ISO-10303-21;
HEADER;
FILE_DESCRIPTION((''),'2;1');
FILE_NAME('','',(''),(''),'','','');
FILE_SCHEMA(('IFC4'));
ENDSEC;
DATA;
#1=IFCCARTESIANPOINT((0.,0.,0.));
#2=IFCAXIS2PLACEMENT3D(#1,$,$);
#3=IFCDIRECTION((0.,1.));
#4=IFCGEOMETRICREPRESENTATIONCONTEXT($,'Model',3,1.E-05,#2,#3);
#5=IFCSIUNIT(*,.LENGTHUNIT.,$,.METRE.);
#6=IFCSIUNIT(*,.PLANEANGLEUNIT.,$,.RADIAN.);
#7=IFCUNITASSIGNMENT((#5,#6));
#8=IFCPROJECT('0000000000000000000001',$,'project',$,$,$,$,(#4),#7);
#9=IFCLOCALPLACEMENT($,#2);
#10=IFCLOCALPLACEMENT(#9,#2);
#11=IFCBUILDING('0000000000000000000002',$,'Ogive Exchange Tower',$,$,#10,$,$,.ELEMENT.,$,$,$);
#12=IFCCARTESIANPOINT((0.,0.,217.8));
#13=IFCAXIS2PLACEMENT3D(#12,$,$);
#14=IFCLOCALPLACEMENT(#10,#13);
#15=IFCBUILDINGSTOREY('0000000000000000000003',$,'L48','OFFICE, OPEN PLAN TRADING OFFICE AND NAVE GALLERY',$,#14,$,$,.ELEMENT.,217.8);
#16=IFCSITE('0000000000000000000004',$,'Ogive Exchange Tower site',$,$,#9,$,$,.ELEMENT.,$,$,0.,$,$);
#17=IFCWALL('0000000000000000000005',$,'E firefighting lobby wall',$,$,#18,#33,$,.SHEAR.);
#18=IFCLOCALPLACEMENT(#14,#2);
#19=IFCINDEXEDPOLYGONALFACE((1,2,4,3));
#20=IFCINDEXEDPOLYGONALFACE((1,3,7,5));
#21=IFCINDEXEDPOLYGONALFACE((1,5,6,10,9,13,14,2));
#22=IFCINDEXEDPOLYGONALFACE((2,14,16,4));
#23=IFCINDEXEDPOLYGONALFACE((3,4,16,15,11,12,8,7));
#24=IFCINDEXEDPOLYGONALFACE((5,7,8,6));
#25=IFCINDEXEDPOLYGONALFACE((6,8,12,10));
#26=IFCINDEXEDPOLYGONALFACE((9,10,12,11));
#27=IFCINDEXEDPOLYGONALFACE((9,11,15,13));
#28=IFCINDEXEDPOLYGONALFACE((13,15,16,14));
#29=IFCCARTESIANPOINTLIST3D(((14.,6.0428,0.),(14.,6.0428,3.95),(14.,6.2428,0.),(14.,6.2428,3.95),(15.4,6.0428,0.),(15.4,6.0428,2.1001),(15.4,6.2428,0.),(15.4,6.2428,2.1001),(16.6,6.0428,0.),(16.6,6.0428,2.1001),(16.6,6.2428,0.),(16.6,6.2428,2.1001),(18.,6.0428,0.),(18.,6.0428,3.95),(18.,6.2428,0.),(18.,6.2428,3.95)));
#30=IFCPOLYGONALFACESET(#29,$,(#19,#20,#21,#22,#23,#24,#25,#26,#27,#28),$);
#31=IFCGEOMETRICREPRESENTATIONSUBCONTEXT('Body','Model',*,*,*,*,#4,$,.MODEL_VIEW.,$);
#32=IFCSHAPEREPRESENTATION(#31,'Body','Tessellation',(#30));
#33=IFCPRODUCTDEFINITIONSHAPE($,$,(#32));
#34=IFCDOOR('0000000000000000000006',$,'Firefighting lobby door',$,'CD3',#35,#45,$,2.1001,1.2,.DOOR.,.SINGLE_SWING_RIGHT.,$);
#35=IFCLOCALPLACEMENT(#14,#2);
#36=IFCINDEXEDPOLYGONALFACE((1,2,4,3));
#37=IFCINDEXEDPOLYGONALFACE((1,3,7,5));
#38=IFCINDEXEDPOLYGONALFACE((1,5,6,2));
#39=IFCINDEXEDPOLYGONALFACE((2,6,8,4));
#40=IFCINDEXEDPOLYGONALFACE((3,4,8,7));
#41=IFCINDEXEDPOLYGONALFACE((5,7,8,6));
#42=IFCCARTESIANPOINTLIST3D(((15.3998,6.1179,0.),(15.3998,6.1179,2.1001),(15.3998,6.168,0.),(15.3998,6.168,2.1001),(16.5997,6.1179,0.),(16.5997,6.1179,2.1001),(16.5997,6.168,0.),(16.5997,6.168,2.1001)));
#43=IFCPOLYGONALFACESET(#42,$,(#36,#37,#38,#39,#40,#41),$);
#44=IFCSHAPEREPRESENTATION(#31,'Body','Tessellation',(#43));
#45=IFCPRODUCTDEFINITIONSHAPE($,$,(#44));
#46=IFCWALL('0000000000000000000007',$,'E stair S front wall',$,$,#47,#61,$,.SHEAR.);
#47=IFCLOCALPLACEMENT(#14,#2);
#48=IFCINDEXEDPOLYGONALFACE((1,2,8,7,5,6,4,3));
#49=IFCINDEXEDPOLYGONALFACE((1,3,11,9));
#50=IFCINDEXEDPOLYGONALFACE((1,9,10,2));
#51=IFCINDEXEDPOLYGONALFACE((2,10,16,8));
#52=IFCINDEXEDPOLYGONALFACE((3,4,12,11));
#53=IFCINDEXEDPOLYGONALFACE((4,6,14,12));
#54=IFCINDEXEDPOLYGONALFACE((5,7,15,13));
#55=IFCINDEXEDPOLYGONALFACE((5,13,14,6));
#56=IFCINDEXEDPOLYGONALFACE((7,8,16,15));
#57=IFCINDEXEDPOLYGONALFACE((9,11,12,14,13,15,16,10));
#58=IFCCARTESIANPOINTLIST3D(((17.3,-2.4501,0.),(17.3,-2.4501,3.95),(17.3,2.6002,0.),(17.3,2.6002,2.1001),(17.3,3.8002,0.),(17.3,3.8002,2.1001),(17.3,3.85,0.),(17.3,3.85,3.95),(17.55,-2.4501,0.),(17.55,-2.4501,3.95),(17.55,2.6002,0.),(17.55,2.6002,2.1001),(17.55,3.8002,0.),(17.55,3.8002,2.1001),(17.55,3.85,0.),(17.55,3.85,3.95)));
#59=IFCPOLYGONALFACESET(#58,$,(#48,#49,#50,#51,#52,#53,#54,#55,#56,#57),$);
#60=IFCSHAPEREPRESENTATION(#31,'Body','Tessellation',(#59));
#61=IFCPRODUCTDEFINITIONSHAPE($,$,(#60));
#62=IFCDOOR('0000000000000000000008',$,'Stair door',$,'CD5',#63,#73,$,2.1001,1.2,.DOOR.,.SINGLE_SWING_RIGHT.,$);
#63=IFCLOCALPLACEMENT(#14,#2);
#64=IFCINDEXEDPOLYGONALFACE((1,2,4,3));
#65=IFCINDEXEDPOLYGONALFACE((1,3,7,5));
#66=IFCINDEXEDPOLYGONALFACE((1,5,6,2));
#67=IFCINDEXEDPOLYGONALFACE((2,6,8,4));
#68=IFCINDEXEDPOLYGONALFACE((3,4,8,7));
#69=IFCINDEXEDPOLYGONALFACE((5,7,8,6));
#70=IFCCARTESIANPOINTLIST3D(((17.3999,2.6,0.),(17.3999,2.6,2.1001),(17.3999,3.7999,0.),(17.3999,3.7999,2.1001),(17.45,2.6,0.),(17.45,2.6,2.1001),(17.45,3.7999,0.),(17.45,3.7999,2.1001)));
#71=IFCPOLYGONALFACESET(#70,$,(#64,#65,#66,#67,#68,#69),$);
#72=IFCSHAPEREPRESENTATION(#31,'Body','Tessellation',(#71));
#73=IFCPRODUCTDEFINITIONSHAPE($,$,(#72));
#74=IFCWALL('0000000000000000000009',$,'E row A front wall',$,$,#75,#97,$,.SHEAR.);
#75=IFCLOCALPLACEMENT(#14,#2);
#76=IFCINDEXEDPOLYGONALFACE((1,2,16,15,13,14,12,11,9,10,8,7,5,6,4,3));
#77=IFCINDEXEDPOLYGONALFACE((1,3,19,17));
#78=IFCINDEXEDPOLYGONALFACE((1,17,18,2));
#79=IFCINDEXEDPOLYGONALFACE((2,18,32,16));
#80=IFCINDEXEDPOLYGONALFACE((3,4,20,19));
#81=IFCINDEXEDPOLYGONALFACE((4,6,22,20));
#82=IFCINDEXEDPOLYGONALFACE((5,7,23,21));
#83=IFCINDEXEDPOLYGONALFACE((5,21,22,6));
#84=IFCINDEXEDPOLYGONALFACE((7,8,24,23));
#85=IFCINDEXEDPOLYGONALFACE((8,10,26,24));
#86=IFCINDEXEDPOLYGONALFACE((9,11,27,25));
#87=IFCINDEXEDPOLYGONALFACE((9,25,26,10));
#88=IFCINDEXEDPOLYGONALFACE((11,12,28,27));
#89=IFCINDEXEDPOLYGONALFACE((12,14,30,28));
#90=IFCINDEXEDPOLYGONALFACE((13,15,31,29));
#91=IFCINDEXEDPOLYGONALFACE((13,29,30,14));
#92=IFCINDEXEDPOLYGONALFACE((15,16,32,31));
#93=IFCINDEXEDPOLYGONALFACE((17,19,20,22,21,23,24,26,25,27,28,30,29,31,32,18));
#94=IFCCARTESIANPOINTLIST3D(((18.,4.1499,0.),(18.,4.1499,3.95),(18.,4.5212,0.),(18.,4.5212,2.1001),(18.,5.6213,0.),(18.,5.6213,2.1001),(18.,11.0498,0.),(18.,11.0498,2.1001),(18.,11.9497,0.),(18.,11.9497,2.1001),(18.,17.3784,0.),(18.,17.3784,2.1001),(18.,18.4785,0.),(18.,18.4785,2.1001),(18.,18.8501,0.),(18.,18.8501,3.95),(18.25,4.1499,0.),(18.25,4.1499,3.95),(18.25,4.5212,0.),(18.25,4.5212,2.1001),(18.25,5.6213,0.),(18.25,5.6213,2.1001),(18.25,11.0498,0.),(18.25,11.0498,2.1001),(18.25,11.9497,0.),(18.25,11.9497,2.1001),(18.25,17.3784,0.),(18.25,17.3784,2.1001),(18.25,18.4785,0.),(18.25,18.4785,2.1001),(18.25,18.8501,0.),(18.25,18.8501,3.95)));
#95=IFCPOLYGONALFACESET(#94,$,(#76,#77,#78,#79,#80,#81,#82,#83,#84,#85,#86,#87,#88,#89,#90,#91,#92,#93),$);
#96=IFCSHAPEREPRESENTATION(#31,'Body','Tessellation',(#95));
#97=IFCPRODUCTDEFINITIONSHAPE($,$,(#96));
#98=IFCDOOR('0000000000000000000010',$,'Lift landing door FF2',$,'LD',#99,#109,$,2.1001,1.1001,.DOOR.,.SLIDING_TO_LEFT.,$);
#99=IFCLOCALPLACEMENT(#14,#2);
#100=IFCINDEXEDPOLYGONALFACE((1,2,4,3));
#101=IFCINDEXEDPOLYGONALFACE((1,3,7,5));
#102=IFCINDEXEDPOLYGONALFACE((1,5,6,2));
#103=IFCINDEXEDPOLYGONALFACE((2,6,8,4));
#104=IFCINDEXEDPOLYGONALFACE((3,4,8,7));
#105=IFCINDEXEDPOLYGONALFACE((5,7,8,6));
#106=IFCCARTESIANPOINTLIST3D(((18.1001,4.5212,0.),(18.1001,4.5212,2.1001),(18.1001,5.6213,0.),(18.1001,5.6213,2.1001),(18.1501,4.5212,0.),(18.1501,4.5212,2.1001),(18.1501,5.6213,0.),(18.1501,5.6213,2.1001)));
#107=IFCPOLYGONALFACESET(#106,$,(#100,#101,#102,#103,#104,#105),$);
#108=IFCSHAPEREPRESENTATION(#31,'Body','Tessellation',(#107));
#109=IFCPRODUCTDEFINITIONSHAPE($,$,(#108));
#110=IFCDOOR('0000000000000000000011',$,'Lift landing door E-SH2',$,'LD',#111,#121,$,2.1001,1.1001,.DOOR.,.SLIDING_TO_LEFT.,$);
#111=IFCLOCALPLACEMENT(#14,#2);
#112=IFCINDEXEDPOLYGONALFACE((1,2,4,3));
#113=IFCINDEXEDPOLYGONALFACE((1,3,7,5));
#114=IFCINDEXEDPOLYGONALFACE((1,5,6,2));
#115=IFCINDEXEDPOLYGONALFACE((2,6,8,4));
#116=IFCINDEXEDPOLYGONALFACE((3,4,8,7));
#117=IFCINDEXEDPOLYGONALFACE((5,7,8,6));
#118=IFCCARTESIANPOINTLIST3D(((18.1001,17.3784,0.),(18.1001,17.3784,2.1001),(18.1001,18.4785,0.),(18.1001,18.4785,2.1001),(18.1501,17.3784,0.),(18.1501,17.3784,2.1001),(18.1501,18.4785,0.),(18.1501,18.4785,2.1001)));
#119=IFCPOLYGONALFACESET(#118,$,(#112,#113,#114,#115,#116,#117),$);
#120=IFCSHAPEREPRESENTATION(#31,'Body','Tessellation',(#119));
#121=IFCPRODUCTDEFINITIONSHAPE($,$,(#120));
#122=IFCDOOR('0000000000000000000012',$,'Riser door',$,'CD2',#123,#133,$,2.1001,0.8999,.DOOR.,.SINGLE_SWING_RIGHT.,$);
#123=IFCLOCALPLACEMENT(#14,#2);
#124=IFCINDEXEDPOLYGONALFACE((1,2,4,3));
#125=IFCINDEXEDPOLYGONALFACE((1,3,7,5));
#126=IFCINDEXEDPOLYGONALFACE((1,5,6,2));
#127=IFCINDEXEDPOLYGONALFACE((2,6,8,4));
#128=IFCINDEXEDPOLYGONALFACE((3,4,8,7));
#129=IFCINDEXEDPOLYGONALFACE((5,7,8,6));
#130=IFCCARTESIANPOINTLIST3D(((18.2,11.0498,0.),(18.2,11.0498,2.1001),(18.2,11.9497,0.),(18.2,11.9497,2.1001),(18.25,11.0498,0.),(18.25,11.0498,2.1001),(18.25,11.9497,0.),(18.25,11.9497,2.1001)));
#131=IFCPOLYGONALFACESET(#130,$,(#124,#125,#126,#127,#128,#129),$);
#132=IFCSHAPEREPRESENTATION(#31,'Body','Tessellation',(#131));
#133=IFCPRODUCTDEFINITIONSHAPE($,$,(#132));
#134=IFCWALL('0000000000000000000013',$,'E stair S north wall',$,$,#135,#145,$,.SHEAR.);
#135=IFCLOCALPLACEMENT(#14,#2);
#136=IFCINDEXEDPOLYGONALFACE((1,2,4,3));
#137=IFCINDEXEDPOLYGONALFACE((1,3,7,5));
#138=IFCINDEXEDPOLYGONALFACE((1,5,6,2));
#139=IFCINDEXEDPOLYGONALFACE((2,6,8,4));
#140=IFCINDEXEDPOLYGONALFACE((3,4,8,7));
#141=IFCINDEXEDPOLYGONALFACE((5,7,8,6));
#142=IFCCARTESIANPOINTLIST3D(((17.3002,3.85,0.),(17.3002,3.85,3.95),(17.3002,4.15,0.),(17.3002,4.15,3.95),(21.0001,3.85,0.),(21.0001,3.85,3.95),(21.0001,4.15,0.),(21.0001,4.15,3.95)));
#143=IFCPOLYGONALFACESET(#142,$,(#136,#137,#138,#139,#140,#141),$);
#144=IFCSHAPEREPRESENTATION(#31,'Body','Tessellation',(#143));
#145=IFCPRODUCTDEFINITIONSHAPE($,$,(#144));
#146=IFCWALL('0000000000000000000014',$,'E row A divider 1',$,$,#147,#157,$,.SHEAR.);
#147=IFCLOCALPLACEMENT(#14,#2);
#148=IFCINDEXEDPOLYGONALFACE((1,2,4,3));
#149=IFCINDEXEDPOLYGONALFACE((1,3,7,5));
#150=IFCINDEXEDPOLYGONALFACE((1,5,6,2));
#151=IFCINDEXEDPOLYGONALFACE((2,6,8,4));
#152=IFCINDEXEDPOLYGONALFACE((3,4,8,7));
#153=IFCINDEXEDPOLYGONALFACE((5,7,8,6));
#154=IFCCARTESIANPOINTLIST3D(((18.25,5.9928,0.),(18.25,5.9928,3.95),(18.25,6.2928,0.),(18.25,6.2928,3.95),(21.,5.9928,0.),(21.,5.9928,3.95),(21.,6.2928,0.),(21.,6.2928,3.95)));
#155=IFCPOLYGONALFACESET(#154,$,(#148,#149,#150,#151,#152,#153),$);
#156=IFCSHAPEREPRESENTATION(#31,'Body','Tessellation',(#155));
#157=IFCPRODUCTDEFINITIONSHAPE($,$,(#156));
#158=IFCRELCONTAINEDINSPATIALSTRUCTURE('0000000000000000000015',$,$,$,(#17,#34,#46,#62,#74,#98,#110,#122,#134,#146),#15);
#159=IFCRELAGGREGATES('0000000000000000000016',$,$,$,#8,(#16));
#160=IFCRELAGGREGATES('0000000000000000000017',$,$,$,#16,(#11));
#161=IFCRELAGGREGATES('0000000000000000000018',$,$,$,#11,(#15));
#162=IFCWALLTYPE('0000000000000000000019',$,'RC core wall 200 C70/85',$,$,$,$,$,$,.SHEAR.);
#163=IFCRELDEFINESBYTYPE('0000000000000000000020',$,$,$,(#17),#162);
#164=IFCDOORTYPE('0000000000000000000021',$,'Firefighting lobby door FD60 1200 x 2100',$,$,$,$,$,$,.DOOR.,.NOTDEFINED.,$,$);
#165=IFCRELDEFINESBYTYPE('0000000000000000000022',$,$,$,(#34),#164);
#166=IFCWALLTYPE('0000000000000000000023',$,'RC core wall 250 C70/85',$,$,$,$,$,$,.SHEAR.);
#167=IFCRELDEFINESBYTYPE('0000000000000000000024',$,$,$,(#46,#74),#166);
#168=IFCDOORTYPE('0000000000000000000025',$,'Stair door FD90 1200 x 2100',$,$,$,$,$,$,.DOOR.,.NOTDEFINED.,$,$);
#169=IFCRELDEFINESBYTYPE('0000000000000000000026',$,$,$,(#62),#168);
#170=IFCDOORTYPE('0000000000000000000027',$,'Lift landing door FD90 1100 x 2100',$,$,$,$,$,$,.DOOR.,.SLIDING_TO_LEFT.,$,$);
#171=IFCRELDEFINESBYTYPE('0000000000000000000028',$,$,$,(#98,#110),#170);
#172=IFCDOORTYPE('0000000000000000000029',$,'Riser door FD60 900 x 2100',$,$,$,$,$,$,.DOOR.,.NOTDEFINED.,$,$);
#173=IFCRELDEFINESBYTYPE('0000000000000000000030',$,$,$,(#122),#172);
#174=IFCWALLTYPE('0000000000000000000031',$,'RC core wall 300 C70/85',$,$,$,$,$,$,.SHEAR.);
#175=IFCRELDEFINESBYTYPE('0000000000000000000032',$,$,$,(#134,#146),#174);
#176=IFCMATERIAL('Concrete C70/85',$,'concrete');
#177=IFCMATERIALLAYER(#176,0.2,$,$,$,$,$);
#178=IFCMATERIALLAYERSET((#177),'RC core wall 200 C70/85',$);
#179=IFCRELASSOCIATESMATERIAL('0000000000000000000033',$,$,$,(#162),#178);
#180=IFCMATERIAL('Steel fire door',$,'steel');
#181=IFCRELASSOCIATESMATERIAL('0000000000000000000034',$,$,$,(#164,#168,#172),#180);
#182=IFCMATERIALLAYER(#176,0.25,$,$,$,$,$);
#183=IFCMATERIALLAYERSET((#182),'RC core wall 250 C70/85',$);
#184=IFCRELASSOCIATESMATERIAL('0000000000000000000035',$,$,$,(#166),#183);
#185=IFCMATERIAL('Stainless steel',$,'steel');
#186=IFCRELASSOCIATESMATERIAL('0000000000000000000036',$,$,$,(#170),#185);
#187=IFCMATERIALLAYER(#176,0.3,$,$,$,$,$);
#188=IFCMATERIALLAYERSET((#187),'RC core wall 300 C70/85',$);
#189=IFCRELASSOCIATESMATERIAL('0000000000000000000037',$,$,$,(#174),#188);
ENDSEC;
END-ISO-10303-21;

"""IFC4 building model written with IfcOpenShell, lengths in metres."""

from ifc_helpers import new_model, si_unit, direction, frame, frame_2d, origin, place, context, subcontext, project, spatial, rectangle, extrude, material, layer, layer_set, type_object, element, fill, save


model = new_model("IFC4")

# Units and contexts
model_context = context("Model", 3, precision=1e-05, world=origin(), true_north=direction((0.0, 1.0)))
body_context = subcontext(model_context, "Body", "Model", "MODEL_VIEW")
ifc_project = project(units=[si_unit("LENGTHUNIT", "METRE"), si_unit("PLANEANGLEUNIT", "RADIAN")], contexts=[model_context])

# Site, building, storey
site_placement = place(None, origin())
site = spatial("IfcSite", under=ifc_project, at=site_placement, Name="Ogive Exchange Tower site", CompositionType="ELEMENT", RefElevation=0.0)
building_placement = place(site_placement, origin())
building = spatial("IfcBuilding", under=site, at=building_placement, Name="Ogive Exchange Tower", CompositionType="ELEMENT")
storey_placement = place(building_placement, frame((0.0, 0.0, 217.8)))
storey = spatial("IfcBuildingStorey", under=building, at=storey_placement, Name="L48", Description="OFFICE, OPEN PLAN TRADING OFFICE AND NAVE GALLERY", CompositionType="ELEMENT", Elevation=217.8)

# Shared definitions
ifc_material_1 = material(Name="Concrete C70/85", Category="concrete")

# Walls, openings, doors
ifc_layer_1 = layer(ifc_material_1, 0.2)
ifc_layer_set_1 = layer_set([ifc_layer_1], Name="RC core wall 200 C70/85")
wall_type_1 = type_object("IfcWallType", Name="RC core wall 200 C70/85", PredefinedType="SHEAR", material=ifc_layer_set_1)
wall_1_placement = place(storey_placement, frame((14.0, 6.1428, 0.0), z_axis=(0.0, 0.0, 1.0), x_axis=(1.0, 0.0, 0.0)))
wall_1 = element("IfcWall", 1, at=wall_1_placement, inside=storey, type_object=wall_type_1, Name="E firefighting lobby wall", PredefinedType="SHEAR", context=body_context, shape_type="SweptSolid", body=[
    extrude(rectangle(XDim=4.0, YDim=0.2, at=frame_2d((2.0, 0.0))), origin(), (0.0, 0.0, 1.0), 3.95),
])
opening_1_placement = place(wall_1_placement, frame((1.3999, 0.0, 0.0)))
opening_1 = element("IfcOpeningElement", 2, at=opening_1_placement, cuts=wall_1, PredefinedType="OPENING", context=body_context, shape_type="SweptSolid", body=[
    extrude(rectangle(XDim=1.2, YDim=2.1001, at=frame_2d((0.6001, 1.05))), frame((0.0, 0.1099, 0.0), z_axis=(0.0, -1.0, 0.0), x_axis=(1.0, 0.0, 0.0)), (0.0, 0.0, 1.0), 0.22),
])
ifc_material_2 = material(Name="Steel fire door", Category="steel")
door_type_1 = type_object("IfcDoorType", Name="Firefighting lobby door FD60 1200 x 2100", OperationType="NOTDEFINED", PredefinedType="DOOR", material=ifc_material_2)
door_1_placement = place(opening_1_placement, frame((1.2, 0.0, 0.0), z_axis=(0.0, 0.0, 1.0), x_axis=(-1.0, 0.0, 0.0)))
door_1 = element("IfcDoor", 3, at=door_1_placement, inside=storey, type_object=door_type_1, Name="Firefighting lobby door", ObjectType="CD3", OperationType="SINGLE_SWING_RIGHT", OverallHeight=2.1001, OverallWidth=1.2, PredefinedType="DOOR", context=body_context, shape_type="SweptSolid", body=[
    extrude(rectangle(XDim=1.2, YDim=2.1001, at=frame_2d((0.6001, 1.05))), frame((0.0, 0.0249, 0.0), z_axis=(0.0, -1.0, 0.0), x_axis=(1.0, 0.0, 0.0)), (0.0, 0.0, 1.0), 0.05),
])
fill(opening_1, door_1)
ifc_layer_2 = layer(ifc_material_1, 0.25)
ifc_layer_set_2 = layer_set([ifc_layer_2], Name="RC core wall 250 C70/85")
wall_type_2 = type_object("IfcWallType", Name="RC core wall 250 C70/85", PredefinedType="SHEAR", material=ifc_layer_set_2)
wall_2_placement = place(storey_placement, frame((17.425, -2.45, 0.0), z_axis=(0.0, 0.0, 1.0), x_axis=(0.0, 1.0, 0.0)))
wall_2 = element("IfcWall", 4, at=wall_2_placement, inside=storey, type_object=wall_type_2, Name="E stair S front wall", PredefinedType="SHEAR", context=body_context, shape_type="SweptSolid", body=[
    extrude(rectangle(XDim=6.3, YDim=0.25, at=frame_2d((3.1499, 0.0))), origin(), (0.0, 0.0, 1.0), 3.95),
])
opening_2_placement = place(wall_2_placement, frame((5.05, 0.0, 0.0)))
opening_2 = element("IfcOpeningElement", 5, at=opening_2_placement, cuts=wall_2, PredefinedType="OPENING", context=body_context, shape_type="SweptSolid", body=[
    extrude(rectangle(XDim=1.2, YDim=2.1001, at=frame_2d((0.6001, 1.05))), frame((0.0, 0.135, 0.0), z_axis=(0.0, -1.0, 0.0), x_axis=(1.0, 0.0, 0.0)), (0.0, 0.0, 1.0), 0.27),
])
door_type_2 = type_object("IfcDoorType", Name="Stair door FD90 1200 x 2100", OperationType="NOTDEFINED", PredefinedType="DOOR", material=ifc_material_2)
door_2_placement = place(opening_2_placement, frame((1.2, 0.0, 0.0), z_axis=(0.0, 0.0, 1.0), x_axis=(-1.0, 0.0, 0.0)))
door_2 = element("IfcDoor", 6, at=door_2_placement, inside=storey, type_object=door_type_2, Name="Stair door", ObjectType="CD5", OperationType="SINGLE_SWING_RIGHT", OverallHeight=2.1001, OverallWidth=1.2, PredefinedType="DOOR", context=body_context, shape_type="SweptSolid", body=[
    extrude(rectangle(XDim=1.2, YDim=2.1001, at=frame_2d((0.6001, 1.05))), frame((0.0, 0.0249, 0.0), z_axis=(0.0, -1.0, 0.0), x_axis=(1.0, 0.0, 0.0)), (0.0, 0.0, 1.0), 0.05),
])
fill(opening_2, door_2)

# Wall, openings, doors
wall_3_placement = place(storey_placement, frame((18.125, 4.1499, 0.0), z_axis=(0.0, 0.0, 1.0), x_axis=(0.0, 1.0, 0.0)))
wall_3 = element("IfcWall", 7, at=wall_3_placement, inside=storey, type_object=wall_type_2, Name="E row A front wall", PredefinedType="SHEAR", context=body_context, shape_type="SweptSolid", body=[
    extrude(rectangle(XDim=14.7002, YDim=0.25, at=frame_2d((7.3501, 0.0))), origin(), (0.0, 0.0, 1.0), 3.95),
])
opening_3_placement = place(wall_3_placement, frame((6.8999, 0.0, 0.0)))
opening_3 = element("IfcOpeningElement", 8, at=opening_3_placement, cuts=wall_3, PredefinedType="OPENING", context=body_context, shape_type="SweptSolid", body=[
    extrude(rectangle(XDim=0.8999, YDim=2.1001, at=frame_2d((0.45, 1.05))), frame((0.0, 0.135, 0.0), z_axis=(0.0, -1.0, 0.0), x_axis=(1.0, 0.0, 0.0)), (0.0, 0.0, 1.0), 0.27),
])
opening_4_placement = place(wall_3_placement, frame((0.3713, 0.0, 0.0)))
opening_4 = element("IfcOpeningElement", 9, at=opening_4_placement, cuts=wall_3, PredefinedType="OPENING", context=body_context, shape_type="SweptSolid", body=[
    extrude(rectangle(XDim=1.1001, YDim=2.1001, at=frame_2d((0.55, 1.05))), frame((0.0, 0.135, 0.0), z_axis=(0.0, -1.0, 0.0), x_axis=(1.0, 0.0, 0.0)), (0.0, 0.0, 1.0), 0.27),
])
opening_5_placement = place(wall_3_placement, frame((13.2285, 0.0, 0.0)))
opening_5 = element("IfcOpeningElement", 10, at=opening_5_placement, cuts=wall_3, PredefinedType="OPENING", context=body_context, shape_type="SweptSolid", body=[
    extrude(rectangle(XDim=1.1001, YDim=2.1001, at=frame_2d((0.55, 1.05))), frame((0.0, 0.135, 0.0), z_axis=(0.0, -1.0, 0.0), x_axis=(1.0, 0.0, 0.0)), (0.0, 0.0, 1.0), 0.27),
])
ifc_material_3 = material(Name="Stainless steel", Category="steel")
door_type_3 = type_object("IfcDoorType", Name="Lift landing door FD90 1100 x 2100", OperationType="SLIDING_TO_LEFT", PredefinedType="DOOR", material=ifc_material_3)
door_3_placement = place(opening_4_placement, origin())
door_3 = element("IfcDoor", 11, at=door_3_placement, inside=storey, type_object=door_type_3, Name="Lift landing door FF2", ObjectType="LD", OperationType="SLIDING_TO_LEFT", OverallHeight=2.1001, OverallWidth=1.1001, PredefinedType="DOOR", context=body_context, shape_type="SweptSolid", body=[
    extrude(rectangle(XDim=1.1001, YDim=2.1001, at=frame_2d((0.55, 1.05))), frame((0.0, 0.0249, 0.0), z_axis=(0.0, -1.0, 0.0), x_axis=(1.0, 0.0, 0.0)), (0.0, 0.0, 1.0), 0.05),
])
fill(opening_4, door_3)
door_4_placement = place(opening_5_placement, origin())
door_4 = element("IfcDoor", 12, at=door_4_placement, inside=storey, type_object=door_type_3, Name="Lift landing door E-SH2", ObjectType="LD", OperationType="SLIDING_TO_LEFT", OverallHeight=2.1001, OverallWidth=1.1001, PredefinedType="DOOR", context=body_context, shape_type="SweptSolid", body=[
    extrude(rectangle(XDim=1.1001, YDim=2.1001, at=frame_2d((0.55, 1.05))), frame((0.0, 0.0249, 0.0), z_axis=(0.0, -1.0, 0.0), x_axis=(1.0, 0.0, 0.0)), (0.0, 0.0, 1.0), 0.05),
])
fill(opening_5, door_4)
door_type_4 = type_object("IfcDoorType", Name="Riser door FD60 900 x 2100", OperationType="NOTDEFINED", PredefinedType="DOOR", material=ifc_material_2)
door_5_placement = place(opening_3_placement, frame((0.8999, -0.2002, 0.0), z_axis=(0.0, 0.0, 1.0), x_axis=(-1.0, 0.0, 0.0)))
door_5 = element("IfcDoor", 13, at=door_5_placement, inside=storey, type_object=door_type_4, Name="Riser door", ObjectType="CD2", OperationType="SINGLE_SWING_RIGHT", OverallHeight=2.1001, OverallWidth=0.8999, PredefinedType="DOOR", context=body_context, shape_type="SweptSolid", body=[
    extrude(rectangle(XDim=0.8999, YDim=2.1001, at=frame_2d((0.45, 1.05))), frame((0.0, -0.0752, 0.0), z_axis=(0.0, -1.0, 0.0), x_axis=(1.0, 0.0, 0.0)), (0.0, 0.0, 1.0), 0.05),
])
fill(opening_3, door_5)

# Walls
ifc_layer_3 = layer(ifc_material_1, 0.3)
ifc_layer_set_3 = layer_set([ifc_layer_3], Name="RC core wall 300 C70/85")
wall_type_3 = type_object("IfcWallType", Name="RC core wall 300 C70/85", PredefinedType="SHEAR", material=ifc_layer_set_3)
wall_4_placement = place(storey_placement, frame((17.3, 4.0, 0.0), z_axis=(0.0, 0.0, 1.0), x_axis=(1.0, 0.0, 0.0)))
element("IfcWall", 14, at=wall_4_placement, inside=storey, type_object=wall_type_3, Name="E stair S north wall", PredefinedType="SHEAR", context=body_context, shape_type="SweptSolid", body=[
    extrude(rectangle(XDim=3.7, YDim=0.3, at=frame_2d((1.8501, 0.0))), origin(), (0.0, 0.0, 1.0), 3.95),
])
wall_5_placement = place(storey_placement, frame((18.25, 6.1428, 0.0), z_axis=(0.0, 0.0, 1.0), x_axis=(1.0, 0.0, 0.0)))
element("IfcWall", 15, at=wall_5_placement, inside=storey, type_object=wall_type_3, Name="E row A divider 1", PredefinedType="SHEAR", context=body_context, shape_type="SweptSolid", body=[
    extrude(rectangle(XDim=2.75, YDim=0.3, at=frame_2d((1.375, 0.0))), origin(), (0.0, 0.0, 1.0), 3.95),
])

save(model, "model.ifc")
